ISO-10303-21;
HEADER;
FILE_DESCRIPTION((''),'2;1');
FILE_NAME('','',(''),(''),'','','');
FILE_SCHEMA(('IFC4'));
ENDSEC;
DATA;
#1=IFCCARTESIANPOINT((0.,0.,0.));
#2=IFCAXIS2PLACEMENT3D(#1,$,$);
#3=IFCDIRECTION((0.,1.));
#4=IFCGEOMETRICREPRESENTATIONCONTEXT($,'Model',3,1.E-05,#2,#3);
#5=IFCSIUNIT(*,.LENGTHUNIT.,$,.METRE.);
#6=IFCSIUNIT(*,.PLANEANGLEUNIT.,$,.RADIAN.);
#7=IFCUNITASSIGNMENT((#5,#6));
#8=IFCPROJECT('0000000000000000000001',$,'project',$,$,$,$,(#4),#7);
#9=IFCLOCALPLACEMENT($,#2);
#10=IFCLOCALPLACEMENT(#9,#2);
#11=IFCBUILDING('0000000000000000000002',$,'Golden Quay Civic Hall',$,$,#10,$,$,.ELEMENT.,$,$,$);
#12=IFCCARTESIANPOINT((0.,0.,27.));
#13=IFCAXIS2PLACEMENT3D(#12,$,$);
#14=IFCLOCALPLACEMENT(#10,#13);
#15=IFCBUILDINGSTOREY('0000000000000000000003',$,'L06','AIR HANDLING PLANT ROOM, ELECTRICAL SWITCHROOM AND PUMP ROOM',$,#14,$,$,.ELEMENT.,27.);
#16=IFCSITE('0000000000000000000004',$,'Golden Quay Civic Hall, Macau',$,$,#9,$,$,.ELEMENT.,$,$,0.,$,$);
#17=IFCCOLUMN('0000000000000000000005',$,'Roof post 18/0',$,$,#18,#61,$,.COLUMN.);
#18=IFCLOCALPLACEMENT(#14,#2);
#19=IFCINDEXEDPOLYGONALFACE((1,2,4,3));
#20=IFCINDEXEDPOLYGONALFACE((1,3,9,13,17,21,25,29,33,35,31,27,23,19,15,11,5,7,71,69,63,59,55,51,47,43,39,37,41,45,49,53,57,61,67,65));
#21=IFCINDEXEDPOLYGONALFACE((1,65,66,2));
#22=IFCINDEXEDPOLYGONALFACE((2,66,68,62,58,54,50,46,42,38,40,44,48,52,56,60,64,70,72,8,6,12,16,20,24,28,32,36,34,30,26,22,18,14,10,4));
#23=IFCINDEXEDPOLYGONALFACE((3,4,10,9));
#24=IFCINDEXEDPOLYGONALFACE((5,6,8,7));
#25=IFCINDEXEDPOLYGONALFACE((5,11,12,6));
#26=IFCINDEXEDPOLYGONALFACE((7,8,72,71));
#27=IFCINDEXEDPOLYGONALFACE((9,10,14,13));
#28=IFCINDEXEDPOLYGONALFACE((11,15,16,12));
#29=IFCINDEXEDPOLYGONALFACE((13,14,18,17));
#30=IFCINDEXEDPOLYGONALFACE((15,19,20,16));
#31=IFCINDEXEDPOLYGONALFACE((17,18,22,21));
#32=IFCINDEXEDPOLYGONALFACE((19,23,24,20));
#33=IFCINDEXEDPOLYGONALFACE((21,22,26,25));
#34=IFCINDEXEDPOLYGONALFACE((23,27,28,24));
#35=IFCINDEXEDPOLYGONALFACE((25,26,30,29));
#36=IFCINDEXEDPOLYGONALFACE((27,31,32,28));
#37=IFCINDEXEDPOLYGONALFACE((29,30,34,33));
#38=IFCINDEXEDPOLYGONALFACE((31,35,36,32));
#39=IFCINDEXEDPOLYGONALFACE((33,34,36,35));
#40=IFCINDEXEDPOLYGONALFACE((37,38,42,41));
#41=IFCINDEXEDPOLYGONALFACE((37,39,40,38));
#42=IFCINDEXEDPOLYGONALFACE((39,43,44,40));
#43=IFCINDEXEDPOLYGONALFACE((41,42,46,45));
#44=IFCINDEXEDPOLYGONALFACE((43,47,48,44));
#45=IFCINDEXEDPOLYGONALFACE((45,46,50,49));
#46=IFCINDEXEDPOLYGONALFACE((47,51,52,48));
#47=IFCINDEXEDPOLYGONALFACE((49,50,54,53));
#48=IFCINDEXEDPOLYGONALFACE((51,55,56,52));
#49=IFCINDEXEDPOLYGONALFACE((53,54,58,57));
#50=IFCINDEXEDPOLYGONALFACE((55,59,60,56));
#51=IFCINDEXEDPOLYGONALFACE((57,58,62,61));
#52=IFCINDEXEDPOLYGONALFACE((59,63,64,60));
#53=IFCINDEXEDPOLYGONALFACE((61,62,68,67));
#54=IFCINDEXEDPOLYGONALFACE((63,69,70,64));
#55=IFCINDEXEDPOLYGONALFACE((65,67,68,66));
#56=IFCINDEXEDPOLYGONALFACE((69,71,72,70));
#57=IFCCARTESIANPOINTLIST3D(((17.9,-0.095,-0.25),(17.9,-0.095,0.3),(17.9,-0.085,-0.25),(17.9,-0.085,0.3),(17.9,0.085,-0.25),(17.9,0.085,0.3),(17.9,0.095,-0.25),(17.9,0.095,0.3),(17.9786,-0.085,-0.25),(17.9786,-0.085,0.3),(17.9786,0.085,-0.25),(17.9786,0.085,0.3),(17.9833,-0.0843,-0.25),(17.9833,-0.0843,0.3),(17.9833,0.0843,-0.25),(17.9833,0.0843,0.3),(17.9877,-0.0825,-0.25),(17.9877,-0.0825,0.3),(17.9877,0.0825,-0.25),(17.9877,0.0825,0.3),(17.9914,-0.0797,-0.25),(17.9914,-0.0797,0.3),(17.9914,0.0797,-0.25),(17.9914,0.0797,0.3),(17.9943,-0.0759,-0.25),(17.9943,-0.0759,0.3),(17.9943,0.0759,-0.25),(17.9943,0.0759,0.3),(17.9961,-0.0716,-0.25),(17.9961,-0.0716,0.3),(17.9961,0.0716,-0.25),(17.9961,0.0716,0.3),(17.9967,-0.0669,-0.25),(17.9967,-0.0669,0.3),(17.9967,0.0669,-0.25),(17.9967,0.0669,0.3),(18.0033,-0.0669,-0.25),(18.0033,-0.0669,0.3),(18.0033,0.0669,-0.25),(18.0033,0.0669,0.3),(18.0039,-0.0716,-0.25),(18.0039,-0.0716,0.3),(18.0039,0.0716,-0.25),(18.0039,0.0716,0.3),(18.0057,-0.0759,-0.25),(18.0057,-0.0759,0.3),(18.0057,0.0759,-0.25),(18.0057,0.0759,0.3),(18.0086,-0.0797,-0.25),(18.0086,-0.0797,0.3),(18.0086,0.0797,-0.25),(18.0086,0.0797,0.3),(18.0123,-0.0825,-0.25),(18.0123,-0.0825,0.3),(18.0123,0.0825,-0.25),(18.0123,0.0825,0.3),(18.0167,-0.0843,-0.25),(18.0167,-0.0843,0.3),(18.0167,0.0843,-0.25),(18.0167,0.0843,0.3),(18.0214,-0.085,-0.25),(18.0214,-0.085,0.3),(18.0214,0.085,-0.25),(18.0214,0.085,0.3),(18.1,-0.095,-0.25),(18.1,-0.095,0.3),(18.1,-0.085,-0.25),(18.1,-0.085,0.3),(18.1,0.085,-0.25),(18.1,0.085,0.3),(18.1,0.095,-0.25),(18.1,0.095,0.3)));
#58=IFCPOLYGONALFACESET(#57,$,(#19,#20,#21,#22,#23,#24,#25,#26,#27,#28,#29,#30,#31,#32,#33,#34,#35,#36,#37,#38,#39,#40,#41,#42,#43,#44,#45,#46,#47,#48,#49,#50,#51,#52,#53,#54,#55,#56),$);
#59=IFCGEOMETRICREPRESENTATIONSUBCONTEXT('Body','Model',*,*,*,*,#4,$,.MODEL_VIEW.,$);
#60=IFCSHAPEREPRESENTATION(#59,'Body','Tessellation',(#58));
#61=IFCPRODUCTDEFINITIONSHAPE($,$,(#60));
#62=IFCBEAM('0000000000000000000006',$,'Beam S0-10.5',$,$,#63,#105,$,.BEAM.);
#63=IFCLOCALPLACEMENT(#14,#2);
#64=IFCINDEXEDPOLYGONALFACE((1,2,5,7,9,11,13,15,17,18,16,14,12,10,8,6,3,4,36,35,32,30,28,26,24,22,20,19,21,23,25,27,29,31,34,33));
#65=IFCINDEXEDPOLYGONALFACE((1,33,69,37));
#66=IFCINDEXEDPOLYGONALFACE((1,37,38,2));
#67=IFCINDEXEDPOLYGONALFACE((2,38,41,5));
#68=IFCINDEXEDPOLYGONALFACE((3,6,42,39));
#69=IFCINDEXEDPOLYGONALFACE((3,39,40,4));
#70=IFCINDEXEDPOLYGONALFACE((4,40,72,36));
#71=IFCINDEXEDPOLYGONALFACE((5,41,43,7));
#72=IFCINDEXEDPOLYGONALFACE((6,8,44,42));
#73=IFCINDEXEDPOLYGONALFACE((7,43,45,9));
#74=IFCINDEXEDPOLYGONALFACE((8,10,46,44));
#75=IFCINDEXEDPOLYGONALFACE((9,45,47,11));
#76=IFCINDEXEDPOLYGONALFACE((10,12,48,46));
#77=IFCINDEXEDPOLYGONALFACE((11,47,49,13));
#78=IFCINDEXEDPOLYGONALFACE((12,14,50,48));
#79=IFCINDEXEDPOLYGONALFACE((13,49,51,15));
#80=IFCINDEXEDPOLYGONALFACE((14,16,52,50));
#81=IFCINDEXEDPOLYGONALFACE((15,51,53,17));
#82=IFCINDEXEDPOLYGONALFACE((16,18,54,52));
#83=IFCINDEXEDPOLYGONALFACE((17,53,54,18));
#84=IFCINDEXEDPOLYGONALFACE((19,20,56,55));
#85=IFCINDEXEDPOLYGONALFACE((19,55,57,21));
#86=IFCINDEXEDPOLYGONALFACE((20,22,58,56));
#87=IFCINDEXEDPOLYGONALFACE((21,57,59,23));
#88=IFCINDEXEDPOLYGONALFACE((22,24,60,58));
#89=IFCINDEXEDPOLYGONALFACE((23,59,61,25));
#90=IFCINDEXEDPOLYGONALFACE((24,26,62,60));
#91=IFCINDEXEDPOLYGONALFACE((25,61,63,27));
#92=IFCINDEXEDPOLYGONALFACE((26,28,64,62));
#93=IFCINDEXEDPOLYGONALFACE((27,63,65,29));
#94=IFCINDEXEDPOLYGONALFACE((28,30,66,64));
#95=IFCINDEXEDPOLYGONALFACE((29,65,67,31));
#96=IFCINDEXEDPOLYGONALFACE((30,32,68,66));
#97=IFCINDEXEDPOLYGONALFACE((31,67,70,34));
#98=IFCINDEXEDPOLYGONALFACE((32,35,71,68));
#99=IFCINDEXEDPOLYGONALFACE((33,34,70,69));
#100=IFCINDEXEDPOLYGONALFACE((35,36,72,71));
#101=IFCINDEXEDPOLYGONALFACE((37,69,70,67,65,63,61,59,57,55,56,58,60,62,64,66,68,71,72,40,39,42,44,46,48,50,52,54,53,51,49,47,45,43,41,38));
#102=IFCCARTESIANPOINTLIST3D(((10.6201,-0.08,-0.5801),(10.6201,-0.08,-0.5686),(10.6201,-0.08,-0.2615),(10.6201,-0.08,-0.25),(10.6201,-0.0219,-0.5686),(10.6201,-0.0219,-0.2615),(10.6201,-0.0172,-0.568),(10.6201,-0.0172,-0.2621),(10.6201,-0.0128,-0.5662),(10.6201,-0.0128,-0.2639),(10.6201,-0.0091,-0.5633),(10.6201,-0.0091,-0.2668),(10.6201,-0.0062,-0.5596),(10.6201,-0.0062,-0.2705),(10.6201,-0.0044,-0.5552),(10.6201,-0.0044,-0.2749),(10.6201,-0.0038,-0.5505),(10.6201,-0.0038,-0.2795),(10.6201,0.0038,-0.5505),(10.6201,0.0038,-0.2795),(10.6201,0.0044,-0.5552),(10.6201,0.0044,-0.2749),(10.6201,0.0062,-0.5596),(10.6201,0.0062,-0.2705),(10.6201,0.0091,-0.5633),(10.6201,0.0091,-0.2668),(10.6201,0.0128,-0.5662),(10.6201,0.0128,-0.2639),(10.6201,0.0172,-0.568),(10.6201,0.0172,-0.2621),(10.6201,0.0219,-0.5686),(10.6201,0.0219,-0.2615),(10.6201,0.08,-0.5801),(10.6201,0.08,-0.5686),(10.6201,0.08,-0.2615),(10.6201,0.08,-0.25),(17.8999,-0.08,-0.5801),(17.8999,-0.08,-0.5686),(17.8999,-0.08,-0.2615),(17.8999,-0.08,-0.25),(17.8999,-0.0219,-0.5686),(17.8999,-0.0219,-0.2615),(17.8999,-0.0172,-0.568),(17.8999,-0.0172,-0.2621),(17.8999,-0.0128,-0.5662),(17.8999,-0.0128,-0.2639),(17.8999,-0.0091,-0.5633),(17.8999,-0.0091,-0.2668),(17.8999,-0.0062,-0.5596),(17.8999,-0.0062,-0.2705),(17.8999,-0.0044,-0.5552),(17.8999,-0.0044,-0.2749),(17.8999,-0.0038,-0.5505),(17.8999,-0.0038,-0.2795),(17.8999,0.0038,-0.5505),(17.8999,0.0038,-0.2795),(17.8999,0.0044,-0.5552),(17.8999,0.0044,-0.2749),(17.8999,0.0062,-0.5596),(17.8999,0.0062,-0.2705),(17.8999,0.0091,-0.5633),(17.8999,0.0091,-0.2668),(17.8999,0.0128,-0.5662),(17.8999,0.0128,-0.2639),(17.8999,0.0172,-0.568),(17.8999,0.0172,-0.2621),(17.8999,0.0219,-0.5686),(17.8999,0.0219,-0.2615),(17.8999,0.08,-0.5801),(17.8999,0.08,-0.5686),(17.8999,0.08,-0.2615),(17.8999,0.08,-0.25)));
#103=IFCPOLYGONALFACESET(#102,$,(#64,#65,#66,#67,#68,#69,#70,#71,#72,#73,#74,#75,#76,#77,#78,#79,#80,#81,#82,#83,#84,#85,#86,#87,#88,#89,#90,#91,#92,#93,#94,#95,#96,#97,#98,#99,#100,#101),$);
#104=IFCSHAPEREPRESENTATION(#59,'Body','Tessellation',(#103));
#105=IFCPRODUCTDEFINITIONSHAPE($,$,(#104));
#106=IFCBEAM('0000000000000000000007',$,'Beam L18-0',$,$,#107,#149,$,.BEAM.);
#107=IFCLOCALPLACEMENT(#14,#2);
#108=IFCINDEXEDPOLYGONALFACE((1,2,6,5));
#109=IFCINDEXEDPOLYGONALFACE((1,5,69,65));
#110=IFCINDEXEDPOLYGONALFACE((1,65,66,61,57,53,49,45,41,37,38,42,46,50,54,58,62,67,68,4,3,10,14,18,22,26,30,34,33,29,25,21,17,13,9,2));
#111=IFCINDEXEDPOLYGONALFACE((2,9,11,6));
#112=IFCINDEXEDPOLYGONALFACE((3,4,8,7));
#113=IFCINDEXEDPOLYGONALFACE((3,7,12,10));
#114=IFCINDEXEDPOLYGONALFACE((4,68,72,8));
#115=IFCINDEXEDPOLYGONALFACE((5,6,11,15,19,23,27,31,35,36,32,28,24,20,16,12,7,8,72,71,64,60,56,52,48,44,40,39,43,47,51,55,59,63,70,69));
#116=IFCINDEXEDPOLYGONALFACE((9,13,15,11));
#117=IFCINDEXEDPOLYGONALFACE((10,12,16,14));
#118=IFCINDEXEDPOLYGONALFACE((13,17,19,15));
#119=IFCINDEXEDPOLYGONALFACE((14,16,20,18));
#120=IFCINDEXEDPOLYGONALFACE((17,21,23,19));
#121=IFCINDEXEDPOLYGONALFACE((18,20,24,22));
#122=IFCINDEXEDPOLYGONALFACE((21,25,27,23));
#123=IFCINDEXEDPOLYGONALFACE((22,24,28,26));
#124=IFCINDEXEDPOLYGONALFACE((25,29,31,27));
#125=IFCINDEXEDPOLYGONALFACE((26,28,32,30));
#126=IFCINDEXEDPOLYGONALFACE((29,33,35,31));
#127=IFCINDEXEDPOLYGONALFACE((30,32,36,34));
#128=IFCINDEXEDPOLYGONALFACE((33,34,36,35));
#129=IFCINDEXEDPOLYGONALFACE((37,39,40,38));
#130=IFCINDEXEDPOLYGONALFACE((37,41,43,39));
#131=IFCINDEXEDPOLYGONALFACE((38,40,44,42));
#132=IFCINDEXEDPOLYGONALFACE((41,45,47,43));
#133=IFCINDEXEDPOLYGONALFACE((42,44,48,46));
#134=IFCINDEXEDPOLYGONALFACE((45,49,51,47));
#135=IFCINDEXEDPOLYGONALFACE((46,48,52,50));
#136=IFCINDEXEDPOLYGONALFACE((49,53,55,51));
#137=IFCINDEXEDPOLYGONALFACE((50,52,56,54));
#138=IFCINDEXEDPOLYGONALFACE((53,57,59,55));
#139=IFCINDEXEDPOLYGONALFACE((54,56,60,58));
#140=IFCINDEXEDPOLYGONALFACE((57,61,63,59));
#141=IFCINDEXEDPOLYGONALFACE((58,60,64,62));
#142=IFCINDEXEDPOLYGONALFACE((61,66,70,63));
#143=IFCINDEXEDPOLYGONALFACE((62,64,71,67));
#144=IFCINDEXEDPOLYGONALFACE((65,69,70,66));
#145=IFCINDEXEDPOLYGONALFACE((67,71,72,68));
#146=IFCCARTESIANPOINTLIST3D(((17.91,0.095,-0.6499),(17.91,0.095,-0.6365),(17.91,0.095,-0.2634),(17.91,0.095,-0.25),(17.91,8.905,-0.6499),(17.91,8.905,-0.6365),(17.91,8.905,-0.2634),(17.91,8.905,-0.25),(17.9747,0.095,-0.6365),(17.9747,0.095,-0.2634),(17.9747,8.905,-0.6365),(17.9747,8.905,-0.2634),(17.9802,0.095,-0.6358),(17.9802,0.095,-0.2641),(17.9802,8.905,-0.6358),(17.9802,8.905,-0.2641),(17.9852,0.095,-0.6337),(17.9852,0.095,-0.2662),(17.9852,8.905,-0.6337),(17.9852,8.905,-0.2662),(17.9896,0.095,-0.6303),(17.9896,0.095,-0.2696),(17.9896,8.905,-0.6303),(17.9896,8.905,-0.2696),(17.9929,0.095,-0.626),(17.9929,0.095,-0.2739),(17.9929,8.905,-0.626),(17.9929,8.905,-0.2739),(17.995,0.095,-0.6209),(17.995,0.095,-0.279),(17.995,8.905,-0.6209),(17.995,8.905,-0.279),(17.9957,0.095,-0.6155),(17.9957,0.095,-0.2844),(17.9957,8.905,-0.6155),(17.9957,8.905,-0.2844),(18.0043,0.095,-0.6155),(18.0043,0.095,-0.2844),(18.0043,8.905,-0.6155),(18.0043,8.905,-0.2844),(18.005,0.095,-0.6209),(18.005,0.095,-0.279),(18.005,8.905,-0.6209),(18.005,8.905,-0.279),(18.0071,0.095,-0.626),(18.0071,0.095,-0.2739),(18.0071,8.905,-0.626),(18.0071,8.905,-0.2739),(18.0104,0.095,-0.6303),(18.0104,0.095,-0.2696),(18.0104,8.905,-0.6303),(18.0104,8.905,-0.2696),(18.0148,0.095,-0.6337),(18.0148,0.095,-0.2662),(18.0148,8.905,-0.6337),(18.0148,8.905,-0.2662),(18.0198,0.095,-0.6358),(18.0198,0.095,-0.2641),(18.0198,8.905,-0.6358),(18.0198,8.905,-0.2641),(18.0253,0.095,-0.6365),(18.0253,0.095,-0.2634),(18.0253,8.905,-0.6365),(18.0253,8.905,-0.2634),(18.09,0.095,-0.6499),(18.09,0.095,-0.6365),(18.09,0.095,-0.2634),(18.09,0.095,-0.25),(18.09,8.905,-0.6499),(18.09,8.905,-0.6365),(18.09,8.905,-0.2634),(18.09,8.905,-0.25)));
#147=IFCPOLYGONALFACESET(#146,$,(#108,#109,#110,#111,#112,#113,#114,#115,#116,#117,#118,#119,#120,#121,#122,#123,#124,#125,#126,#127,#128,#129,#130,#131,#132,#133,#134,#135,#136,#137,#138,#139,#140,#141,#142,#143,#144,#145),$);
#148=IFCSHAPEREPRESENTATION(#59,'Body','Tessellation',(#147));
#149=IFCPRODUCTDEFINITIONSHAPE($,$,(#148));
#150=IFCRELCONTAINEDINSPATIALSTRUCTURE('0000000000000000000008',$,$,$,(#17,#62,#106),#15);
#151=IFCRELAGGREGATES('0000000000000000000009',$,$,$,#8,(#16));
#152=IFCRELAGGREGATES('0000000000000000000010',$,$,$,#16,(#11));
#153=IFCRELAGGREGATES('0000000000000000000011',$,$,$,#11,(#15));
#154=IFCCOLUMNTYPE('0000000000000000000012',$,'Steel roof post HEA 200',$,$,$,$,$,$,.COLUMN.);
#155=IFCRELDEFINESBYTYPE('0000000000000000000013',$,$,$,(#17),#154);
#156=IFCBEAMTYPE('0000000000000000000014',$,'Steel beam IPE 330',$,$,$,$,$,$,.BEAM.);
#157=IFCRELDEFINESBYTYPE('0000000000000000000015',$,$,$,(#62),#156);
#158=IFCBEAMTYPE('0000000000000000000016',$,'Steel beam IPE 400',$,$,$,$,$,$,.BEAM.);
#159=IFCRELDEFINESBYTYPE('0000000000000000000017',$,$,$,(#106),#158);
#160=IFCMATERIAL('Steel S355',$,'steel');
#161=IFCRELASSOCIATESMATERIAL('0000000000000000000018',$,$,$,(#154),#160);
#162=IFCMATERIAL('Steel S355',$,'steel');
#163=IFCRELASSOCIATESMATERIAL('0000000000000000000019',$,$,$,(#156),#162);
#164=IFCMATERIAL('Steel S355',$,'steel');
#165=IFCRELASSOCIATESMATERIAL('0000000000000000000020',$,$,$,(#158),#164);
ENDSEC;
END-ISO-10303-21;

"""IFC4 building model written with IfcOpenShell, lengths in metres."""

from ifc_helpers import new_model, si_unit, direction, frame, origin, origin_2d, place, context, subcontext, project, spatial, i_section, extrude, material, material_profile, profile_set, type_object, element, save


model = new_model("IFC4")

# Units and contexts
model_context = context("Model", 3, precision=1e-05, world=origin(), true_north=direction((0.0, 1.0)))
body_context = subcontext(model_context, "Body", "Model", "MODEL_VIEW")
ifc_project = project(units=[si_unit("LENGTHUNIT", "METRE"), si_unit("PLANEANGLEUNIT", "RADIAN")], contexts=[model_context])

# Site, building, storey
site_placement = place(None, origin())
site = spatial("IfcSite", under=ifc_project, at=site_placement, Name="Golden Quay Civic Hall, Macau", CompositionType="ELEMENT", RefElevation=0.0)
building_placement = place(site_placement, origin())
building = spatial("IfcBuilding", under=site, at=building_placement, Name="Golden Quay Civic Hall", CompositionType="ELEMENT")
storey_placement = place(building_placement, frame((0.0, 0.0, 27.0)))
storey = spatial("IfcBuildingStorey", under=building, at=storey_placement, Name="L06", Description="AIR HANDLING PLANT ROOM, ELECTRICAL SWITCHROOM AND PUMP ROOM", CompositionType="ELEMENT", Elevation=27.0)

# Column
ifc_material_1 = material(Name="Steel S355", Category="steel")
ifc_material_profile_1 = material_profile(ifc_material_1, i_section(OverallWidth=0.2, OverallDepth=0.1899, WebThickness=0.0066, FlangeThickness=0.01, FilletRadius=0.0181, at=origin_2d()), Name="HEA 200")
ifc_profile_set_1 = profile_set([ifc_material_profile_1], Name="Steel S355")
column_type = type_object("IfcColumnType", Name="Steel roof post HEA 200", PredefinedType="COLUMN", material=ifc_profile_set_1)
column_placement = place(storey_placement, frame((18.0, 0.0, -0.25), z_axis=(0.0, 0.0, 1.0), x_axis=(1.0, 0.0, 0.0)))
element("IfcColumn", 1, at=column_placement, inside=storey, type_object=column_type, Name="Roof post 18/0", PredefinedType="COLUMN", context=body_context, shape_type="SweptSolid", body=[
    extrude(i_section(OverallWidth=0.2, OverallDepth=0.1899, WebThickness=0.0066, FlangeThickness=0.01, FilletRadius=0.0181, at=origin_2d()), origin(), (0.0, 0.0, 1.0), 0.55),
])

# Beams
ifc_material_2 = material(Name="Steel S355", Category="steel")
ifc_material_profile_2 = material_profile(ifc_material_2, i_section(OverallWidth=0.1599, OverallDepth=0.3301, WebThickness=0.0076, FlangeThickness=0.0115, FilletRadius=0.0181, at=origin_2d()), Name="IPE 330")
ifc_profile_set_2 = profile_set([ifc_material_profile_2], Name="Steel S355")
beam_type_1 = type_object("IfcBeamType", Name="Steel beam IPE 330", PredefinedType="BEAM", material=ifc_profile_set_2)
beam_1_placement = place(storey_placement, frame((10.6201, 0.0, -0.415), z_axis=(1.0, 0.0, 0.0), x_axis=(0.0, 1.0, 0.0)))
element("IfcBeam", 2, at=beam_1_placement, inside=storey, type_object=beam_type_1, Name="Beam S0-10.5", PredefinedType="BEAM", context=body_context, shape_type="SweptSolid", body=[
    extrude(i_section(OverallWidth=0.1599, OverallDepth=0.3301, WebThickness=0.0076, FlangeThickness=0.0115, FilletRadius=0.0181, at=origin_2d()), origin(), (0.0, 0.0, 1.0), 7.2798),
])
ifc_material_3 = material(Name="Steel S355", Category="steel")
ifc_material_profile_3 = material_profile(ifc_material_3, i_section(OverallWidth=0.1799, OverallDepth=0.3999, WebThickness=0.0085, FlangeThickness=0.0134, FilletRadius=0.021, at=origin_2d()), Name="IPE 400")
ifc_profile_set_3 = profile_set([ifc_material_profile_3], Name="Steel S355")
beam_type_2 = type_object("IfcBeamType", Name="Steel beam IPE 400", PredefinedType="BEAM", material=ifc_profile_set_3)
beam_2_placement = place(storey_placement, frame((18.0, 0.095, -0.45), z_axis=(0.0, 1.0, 0.0), x_axis=(-1.0, 0.0, 0.0)))
element("IfcBeam", 3, at=beam_2_placement, inside=storey, type_object=beam_type_2, Name="Beam L18-0", PredefinedType="BEAM", context=body_context, shape_type="SweptSolid", body=[
    extrude(i_section(OverallWidth=0.1799, OverallDepth=0.3999, WebThickness=0.0085, FlangeThickness=0.0134, FilletRadius=0.021, at=origin_2d()), origin(), (0.0, 0.0, 1.0), 8.8101),
])

save(model, "model.ifc")
